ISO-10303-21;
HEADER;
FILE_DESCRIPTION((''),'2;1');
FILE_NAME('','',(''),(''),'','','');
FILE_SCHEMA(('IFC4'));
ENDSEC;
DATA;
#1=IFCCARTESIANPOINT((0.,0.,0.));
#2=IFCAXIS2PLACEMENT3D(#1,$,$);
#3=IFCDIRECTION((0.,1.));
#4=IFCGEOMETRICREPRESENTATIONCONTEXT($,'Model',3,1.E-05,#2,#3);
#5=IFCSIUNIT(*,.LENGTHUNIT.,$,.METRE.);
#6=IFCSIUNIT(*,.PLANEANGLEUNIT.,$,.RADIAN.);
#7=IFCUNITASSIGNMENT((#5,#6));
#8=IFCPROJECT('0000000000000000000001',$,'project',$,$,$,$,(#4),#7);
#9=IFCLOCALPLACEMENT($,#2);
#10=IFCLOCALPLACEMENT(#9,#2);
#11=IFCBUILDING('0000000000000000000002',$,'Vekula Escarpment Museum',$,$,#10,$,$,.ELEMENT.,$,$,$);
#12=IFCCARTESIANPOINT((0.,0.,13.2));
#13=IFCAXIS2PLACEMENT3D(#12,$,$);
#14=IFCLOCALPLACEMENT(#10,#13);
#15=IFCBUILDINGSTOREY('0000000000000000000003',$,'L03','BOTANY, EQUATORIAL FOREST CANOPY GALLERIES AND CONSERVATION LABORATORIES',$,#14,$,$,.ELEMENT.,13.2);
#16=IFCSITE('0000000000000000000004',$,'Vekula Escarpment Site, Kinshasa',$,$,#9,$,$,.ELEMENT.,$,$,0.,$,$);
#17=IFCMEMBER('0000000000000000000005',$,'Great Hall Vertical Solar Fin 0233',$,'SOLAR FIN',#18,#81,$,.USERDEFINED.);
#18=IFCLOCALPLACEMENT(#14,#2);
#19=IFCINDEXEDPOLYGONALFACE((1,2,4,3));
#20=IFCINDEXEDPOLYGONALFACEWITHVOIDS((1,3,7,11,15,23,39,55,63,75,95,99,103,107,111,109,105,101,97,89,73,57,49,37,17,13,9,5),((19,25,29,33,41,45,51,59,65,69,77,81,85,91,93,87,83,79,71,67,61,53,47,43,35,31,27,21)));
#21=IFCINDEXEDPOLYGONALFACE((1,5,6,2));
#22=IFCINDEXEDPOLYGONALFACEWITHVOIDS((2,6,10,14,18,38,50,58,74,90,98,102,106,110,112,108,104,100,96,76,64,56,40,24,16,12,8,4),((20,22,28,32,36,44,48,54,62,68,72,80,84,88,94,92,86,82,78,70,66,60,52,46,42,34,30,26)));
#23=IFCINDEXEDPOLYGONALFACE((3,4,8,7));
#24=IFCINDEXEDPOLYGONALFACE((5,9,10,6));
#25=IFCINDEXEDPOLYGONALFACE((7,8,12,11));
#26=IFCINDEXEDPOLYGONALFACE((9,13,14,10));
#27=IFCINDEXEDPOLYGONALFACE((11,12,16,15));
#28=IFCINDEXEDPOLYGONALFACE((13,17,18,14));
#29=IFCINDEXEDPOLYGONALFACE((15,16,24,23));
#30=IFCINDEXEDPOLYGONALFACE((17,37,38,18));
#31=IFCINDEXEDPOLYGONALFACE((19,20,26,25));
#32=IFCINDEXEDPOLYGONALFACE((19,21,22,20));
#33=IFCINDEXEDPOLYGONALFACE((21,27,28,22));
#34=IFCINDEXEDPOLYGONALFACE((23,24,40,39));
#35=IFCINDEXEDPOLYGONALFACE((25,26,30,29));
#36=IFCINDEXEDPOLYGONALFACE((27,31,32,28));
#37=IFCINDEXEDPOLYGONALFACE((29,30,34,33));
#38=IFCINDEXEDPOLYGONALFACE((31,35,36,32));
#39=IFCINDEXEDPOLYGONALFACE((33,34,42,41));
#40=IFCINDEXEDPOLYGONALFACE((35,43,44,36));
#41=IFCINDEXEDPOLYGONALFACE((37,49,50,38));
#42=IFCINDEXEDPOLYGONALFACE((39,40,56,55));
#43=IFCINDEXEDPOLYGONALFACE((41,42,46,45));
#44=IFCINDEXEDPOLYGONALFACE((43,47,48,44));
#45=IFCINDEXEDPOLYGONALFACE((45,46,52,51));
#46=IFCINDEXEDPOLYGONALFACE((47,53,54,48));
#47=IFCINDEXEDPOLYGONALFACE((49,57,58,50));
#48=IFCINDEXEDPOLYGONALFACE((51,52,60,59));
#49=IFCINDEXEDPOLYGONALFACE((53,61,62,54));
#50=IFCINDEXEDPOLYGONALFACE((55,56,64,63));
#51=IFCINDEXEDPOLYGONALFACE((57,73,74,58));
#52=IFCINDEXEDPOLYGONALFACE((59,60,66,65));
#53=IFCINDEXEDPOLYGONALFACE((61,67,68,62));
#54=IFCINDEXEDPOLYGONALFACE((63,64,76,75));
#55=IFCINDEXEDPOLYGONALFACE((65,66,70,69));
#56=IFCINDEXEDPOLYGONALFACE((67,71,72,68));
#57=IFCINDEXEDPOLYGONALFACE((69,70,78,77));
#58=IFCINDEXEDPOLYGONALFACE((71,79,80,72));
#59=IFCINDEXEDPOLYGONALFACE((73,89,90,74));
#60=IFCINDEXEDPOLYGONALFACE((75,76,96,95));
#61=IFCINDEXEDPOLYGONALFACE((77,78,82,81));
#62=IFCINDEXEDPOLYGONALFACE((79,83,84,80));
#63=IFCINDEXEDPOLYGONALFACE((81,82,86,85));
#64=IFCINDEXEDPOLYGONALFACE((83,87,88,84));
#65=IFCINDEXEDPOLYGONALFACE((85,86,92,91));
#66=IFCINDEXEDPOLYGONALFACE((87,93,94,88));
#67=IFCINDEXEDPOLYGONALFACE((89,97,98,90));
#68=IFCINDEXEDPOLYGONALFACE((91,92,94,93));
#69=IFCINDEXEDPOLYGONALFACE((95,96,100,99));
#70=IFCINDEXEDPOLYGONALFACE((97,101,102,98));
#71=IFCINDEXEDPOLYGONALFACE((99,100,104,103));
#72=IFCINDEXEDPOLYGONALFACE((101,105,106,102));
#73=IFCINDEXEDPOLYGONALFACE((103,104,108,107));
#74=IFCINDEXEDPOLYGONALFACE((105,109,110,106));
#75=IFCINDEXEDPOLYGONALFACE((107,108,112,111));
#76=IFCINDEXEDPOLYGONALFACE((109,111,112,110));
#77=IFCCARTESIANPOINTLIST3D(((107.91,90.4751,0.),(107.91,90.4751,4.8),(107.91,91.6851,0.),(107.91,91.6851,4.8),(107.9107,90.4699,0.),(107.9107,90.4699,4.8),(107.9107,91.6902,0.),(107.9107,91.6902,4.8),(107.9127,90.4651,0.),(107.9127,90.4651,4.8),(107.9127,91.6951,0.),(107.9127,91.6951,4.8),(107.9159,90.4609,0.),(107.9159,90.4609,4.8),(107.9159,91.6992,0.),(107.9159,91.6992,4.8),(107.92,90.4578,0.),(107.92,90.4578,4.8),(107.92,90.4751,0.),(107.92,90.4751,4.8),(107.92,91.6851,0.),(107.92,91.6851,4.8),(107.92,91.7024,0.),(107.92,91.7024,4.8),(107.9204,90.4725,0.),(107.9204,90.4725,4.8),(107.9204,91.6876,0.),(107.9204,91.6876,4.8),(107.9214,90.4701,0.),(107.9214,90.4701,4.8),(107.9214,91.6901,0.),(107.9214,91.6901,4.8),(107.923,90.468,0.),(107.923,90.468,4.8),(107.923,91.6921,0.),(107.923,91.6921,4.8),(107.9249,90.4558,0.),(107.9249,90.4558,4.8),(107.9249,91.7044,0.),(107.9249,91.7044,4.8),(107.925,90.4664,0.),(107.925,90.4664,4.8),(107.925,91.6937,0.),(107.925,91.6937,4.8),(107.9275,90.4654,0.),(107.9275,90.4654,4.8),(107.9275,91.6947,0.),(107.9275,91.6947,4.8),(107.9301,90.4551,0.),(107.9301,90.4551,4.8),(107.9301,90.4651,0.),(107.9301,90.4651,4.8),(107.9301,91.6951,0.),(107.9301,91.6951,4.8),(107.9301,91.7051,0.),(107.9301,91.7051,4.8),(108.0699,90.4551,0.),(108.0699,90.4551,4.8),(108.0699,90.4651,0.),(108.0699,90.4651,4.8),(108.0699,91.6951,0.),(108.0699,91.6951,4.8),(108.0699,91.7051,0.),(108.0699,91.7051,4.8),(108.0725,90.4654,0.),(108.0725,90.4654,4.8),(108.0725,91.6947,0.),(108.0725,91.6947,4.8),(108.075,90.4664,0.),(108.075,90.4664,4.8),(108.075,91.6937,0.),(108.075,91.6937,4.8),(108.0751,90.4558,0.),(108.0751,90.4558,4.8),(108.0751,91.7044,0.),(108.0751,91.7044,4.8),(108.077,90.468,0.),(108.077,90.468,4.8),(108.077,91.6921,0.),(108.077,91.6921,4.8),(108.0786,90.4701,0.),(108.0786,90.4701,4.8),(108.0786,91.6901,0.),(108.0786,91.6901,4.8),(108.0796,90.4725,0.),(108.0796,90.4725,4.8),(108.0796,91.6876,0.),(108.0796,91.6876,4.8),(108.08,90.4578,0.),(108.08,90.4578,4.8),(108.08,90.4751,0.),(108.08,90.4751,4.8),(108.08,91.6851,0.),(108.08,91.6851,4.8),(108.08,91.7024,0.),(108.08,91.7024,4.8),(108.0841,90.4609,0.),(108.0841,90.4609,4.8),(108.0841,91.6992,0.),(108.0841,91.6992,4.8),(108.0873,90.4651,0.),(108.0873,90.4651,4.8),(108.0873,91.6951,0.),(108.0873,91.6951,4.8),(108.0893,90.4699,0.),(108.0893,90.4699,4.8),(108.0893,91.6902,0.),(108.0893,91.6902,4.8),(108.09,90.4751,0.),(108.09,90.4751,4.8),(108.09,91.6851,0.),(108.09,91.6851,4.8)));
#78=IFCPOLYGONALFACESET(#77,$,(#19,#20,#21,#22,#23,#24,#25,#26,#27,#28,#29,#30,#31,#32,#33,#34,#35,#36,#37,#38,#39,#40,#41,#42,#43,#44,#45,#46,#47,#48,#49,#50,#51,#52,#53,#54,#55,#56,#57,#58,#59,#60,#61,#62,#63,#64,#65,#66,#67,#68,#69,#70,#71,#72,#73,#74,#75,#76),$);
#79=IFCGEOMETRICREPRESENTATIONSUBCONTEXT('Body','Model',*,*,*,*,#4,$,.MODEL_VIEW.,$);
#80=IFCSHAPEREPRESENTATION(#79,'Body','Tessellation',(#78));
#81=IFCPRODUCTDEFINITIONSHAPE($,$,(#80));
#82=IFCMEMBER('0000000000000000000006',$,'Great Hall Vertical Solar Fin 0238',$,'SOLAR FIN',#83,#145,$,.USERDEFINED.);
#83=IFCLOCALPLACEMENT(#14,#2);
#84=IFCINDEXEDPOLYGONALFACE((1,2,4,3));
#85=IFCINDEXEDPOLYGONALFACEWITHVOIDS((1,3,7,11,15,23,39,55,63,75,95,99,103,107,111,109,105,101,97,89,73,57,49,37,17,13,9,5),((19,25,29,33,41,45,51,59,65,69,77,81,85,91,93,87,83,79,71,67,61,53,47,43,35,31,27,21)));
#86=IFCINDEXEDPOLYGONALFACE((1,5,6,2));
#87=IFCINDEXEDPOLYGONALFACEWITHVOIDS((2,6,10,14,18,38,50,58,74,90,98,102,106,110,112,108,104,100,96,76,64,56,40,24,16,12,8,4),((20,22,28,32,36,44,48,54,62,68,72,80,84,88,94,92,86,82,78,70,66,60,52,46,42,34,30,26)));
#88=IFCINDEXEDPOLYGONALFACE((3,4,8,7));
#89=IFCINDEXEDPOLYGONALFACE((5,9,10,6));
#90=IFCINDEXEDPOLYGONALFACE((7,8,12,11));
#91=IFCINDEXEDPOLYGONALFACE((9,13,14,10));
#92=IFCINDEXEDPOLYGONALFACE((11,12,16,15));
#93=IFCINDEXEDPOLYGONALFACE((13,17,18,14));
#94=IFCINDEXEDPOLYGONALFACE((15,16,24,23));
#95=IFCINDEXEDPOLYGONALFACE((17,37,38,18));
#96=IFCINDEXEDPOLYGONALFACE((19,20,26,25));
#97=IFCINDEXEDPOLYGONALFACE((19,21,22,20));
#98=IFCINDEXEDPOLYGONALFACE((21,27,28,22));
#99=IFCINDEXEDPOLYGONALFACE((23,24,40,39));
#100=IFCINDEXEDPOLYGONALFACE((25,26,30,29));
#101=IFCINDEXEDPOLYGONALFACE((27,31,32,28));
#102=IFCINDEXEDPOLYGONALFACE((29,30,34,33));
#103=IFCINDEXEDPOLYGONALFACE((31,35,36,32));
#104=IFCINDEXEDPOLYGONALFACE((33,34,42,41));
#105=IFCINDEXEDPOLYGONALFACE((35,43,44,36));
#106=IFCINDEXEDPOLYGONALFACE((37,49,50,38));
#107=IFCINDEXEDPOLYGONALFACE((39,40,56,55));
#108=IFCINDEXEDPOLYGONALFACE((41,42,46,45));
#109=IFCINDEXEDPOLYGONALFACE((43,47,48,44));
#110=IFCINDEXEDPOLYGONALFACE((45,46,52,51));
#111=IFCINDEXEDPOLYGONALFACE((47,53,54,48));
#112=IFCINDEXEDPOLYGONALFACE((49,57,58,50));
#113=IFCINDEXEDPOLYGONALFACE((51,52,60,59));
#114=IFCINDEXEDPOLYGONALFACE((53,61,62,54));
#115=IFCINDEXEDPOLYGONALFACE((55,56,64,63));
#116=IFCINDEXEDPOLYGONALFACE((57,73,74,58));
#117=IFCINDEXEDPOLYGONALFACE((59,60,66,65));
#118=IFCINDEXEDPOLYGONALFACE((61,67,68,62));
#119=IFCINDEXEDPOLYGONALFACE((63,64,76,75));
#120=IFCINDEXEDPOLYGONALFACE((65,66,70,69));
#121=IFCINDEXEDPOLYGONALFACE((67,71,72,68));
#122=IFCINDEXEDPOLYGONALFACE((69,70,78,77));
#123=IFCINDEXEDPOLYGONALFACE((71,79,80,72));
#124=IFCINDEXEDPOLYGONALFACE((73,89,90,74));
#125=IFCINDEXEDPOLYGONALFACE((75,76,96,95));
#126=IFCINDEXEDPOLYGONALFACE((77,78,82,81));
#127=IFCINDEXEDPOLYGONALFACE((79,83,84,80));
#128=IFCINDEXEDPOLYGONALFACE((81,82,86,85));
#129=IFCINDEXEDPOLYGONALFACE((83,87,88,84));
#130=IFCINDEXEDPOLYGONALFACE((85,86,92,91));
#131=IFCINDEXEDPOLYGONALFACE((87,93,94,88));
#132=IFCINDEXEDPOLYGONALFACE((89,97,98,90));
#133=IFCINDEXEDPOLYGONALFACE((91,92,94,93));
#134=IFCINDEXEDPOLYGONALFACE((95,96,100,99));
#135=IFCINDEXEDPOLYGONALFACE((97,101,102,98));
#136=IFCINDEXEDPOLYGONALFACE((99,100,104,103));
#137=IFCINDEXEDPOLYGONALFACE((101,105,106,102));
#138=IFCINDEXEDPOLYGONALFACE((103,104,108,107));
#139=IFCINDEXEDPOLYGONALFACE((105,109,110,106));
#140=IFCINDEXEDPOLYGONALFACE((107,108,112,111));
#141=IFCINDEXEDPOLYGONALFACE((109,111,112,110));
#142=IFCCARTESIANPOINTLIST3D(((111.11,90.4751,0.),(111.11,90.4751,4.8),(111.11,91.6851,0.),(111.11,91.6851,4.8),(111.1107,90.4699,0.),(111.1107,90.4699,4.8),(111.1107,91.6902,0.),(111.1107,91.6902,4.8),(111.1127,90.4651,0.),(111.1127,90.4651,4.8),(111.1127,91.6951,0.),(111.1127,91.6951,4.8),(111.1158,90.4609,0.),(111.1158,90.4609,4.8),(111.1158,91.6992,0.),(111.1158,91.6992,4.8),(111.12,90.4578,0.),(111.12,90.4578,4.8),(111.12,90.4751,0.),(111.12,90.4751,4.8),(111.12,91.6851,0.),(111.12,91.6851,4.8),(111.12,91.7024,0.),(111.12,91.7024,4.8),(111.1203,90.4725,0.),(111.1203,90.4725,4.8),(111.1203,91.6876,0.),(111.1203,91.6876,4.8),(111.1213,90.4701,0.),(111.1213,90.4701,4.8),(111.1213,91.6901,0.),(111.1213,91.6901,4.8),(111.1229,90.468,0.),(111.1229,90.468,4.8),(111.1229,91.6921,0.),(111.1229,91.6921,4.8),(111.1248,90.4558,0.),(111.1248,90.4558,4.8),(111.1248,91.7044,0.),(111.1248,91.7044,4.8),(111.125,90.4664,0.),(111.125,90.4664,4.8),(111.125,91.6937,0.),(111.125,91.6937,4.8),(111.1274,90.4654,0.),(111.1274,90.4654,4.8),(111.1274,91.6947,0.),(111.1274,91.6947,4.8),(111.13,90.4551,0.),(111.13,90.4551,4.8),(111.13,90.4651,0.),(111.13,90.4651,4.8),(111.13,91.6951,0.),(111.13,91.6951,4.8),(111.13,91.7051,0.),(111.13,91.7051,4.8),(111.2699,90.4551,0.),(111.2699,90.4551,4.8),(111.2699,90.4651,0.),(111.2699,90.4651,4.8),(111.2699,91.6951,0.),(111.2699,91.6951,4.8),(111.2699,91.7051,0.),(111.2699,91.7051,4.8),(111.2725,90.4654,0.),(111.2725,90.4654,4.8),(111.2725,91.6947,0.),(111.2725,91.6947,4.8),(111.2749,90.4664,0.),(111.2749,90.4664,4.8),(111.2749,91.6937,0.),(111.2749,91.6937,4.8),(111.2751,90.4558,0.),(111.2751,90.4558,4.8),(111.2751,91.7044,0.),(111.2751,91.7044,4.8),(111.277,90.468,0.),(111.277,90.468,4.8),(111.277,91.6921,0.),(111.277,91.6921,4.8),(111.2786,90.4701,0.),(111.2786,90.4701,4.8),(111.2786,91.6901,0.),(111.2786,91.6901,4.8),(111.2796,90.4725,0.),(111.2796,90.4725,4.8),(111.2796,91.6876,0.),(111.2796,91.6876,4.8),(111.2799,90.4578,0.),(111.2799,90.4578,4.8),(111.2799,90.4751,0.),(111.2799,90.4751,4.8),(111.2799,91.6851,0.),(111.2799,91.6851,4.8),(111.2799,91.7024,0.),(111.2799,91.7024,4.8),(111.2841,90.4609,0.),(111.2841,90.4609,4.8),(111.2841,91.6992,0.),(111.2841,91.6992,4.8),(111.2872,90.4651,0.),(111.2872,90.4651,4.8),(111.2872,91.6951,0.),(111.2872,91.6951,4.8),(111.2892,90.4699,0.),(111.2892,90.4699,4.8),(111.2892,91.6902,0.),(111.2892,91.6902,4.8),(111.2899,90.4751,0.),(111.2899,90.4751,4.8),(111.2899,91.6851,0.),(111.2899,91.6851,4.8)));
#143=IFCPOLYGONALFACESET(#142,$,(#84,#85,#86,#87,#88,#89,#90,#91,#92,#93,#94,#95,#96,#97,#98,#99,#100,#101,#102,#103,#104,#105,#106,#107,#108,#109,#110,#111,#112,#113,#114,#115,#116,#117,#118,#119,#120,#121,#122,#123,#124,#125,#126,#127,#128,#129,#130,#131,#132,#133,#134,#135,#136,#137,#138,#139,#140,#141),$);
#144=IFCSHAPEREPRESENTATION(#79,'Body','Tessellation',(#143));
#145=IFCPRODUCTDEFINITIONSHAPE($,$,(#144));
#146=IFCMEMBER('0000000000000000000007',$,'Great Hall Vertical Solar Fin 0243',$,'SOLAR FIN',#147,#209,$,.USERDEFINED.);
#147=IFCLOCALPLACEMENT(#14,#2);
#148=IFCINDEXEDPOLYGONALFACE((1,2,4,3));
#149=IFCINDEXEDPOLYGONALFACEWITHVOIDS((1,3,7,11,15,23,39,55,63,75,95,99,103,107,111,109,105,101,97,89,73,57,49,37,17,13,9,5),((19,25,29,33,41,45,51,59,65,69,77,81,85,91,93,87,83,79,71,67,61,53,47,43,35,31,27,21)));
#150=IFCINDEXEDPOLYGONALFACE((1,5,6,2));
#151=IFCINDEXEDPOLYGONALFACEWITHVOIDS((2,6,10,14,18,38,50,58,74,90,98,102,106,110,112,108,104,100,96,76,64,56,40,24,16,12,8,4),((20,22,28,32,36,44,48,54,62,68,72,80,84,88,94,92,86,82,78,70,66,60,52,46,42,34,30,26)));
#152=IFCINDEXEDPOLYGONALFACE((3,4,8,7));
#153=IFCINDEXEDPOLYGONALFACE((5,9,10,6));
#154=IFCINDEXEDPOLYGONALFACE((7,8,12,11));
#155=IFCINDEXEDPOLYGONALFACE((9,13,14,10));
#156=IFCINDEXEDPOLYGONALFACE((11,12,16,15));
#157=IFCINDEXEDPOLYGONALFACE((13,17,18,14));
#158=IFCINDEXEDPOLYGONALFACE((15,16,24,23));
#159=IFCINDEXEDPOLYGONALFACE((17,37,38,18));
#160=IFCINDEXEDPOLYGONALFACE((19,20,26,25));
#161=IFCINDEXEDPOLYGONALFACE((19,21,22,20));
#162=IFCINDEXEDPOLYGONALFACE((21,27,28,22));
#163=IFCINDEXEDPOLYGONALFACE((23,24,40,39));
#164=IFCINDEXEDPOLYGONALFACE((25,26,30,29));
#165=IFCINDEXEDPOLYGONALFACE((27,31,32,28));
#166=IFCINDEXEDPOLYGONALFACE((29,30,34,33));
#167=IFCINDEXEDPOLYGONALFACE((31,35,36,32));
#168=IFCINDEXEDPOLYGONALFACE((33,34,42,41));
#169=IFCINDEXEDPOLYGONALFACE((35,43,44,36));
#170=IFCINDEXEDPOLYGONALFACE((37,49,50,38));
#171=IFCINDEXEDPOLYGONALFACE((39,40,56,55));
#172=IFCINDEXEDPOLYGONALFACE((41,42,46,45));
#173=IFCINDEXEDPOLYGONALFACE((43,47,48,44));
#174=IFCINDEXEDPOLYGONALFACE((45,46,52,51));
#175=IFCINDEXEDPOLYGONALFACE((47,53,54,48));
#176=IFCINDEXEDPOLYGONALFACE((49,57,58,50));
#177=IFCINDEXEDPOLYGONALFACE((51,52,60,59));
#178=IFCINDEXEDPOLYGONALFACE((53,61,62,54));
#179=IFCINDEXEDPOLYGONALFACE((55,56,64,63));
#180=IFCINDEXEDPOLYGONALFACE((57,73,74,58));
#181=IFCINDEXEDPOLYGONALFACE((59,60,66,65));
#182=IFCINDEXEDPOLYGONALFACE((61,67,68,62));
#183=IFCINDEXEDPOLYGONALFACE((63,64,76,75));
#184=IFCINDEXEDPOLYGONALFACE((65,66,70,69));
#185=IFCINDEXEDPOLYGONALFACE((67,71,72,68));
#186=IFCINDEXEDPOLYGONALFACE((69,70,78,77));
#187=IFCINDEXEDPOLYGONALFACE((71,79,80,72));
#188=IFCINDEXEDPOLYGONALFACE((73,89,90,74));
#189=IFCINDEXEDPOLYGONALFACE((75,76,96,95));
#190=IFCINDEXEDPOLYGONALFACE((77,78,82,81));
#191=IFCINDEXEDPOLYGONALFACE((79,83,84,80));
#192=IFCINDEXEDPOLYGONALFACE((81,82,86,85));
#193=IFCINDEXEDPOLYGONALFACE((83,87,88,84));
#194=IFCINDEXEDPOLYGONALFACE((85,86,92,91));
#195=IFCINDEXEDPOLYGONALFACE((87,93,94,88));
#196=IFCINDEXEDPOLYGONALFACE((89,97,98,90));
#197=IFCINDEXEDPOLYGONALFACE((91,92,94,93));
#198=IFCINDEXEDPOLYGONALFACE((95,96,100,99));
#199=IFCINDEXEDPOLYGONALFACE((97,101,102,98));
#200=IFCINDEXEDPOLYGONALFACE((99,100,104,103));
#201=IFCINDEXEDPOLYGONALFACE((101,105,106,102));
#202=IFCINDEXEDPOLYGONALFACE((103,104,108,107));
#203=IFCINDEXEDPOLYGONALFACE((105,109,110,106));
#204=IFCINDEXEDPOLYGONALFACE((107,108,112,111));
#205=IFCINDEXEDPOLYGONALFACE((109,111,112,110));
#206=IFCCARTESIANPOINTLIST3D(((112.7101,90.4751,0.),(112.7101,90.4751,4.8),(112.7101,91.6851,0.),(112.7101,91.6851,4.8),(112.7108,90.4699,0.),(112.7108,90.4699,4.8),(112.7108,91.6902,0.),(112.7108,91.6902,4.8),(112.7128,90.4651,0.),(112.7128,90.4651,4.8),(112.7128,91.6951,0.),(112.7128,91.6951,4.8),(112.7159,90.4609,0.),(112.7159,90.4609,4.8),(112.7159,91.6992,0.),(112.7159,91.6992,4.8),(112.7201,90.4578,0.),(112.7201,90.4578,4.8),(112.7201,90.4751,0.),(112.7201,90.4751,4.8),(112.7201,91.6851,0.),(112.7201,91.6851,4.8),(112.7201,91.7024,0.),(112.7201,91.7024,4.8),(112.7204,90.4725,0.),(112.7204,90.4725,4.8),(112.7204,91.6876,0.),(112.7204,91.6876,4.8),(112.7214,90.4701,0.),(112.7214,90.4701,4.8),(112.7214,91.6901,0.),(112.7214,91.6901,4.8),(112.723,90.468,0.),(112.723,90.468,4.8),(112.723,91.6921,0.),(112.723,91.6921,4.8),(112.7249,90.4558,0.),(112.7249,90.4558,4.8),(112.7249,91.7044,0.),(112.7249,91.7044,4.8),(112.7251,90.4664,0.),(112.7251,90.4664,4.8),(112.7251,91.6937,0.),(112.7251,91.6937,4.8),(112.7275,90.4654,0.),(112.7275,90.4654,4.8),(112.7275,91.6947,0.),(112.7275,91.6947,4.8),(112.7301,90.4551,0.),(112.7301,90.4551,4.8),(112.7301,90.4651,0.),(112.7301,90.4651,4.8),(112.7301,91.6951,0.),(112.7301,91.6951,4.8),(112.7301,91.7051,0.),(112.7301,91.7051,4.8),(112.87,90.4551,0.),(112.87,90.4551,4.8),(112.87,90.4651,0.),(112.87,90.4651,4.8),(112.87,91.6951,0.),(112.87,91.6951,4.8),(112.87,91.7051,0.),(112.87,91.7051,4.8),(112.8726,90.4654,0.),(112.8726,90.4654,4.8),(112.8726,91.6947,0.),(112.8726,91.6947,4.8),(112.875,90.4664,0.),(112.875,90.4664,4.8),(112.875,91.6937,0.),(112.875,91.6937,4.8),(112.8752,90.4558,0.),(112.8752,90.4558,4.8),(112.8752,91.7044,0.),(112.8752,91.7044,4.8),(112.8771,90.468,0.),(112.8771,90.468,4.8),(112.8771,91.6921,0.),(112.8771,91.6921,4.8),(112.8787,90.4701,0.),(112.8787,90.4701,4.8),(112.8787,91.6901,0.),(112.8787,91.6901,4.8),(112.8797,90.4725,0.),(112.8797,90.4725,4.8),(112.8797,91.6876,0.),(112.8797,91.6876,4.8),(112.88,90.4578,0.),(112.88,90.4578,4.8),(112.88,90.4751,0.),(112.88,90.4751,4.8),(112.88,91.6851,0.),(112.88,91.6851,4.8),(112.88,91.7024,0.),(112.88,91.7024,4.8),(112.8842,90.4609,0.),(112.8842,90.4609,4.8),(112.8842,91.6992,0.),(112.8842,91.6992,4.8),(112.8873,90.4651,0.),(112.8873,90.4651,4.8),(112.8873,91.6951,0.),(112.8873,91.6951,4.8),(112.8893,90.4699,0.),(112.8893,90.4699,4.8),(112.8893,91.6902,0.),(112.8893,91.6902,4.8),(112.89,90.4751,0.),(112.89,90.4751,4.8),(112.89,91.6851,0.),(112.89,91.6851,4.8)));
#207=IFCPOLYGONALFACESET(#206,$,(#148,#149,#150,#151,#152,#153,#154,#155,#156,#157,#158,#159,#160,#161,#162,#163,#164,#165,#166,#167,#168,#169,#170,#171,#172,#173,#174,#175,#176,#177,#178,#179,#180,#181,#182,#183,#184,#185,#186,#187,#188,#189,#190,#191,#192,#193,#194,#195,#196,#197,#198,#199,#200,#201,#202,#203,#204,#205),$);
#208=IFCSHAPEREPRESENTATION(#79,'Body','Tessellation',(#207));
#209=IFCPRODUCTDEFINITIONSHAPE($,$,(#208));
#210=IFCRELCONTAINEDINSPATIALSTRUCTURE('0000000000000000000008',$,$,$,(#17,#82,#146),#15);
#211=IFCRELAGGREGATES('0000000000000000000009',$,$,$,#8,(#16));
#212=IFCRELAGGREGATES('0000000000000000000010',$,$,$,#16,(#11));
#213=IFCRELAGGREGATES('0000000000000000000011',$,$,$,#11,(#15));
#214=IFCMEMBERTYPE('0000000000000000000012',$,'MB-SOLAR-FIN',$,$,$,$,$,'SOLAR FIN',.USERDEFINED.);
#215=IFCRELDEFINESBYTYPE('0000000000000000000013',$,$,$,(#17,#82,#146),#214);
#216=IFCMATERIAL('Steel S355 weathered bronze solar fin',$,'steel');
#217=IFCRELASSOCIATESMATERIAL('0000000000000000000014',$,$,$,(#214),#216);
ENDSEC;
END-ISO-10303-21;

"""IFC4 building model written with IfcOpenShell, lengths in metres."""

from ifc_helpers import new_model, si_unit, direction, frame, origin, origin_2d, place, context, subcontext, project, spatial, hollow_rectangle, extrude, material, material_profile, profile_set, type_object, element, save


model = new_model("IFC4")

# Units and contexts
model_context = context("Model", 3, precision=1e-05, world=origin(), true_north=direction((0.0, 1.0)))
body_context = subcontext(model_context, "Body", "Model", "MODEL_VIEW")
ifc_project = project(units=[si_unit("LENGTHUNIT", "METRE"), si_unit("PLANEANGLEUNIT", "RADIAN")], contexts=[model_context])

# Site, building, storey
site_placement = place(None, origin())
site = spatial("IfcSite", under=ifc_project, at=site_placement, Name="Vekula Escarpment Site, Kinshasa", CompositionType="ELEMENT", RefElevation=0.0)
building_placement = place(site_placement, origin())
building = spatial("IfcBuilding", under=site, at=building_placement, Name="Vekula Escarpment Museum", CompositionType="ELEMENT")
storey_placement = place(building_placement, frame((0.0, 0.0, 13.2)))
storey = spatial("IfcBuildingStorey", under=building, at=storey_placement, Name="L03", Description="BOTANY, EQUATORIAL FOREST CANOPY GALLERIES AND CONSERVATION LABORATORIES", CompositionType="ELEMENT", Elevation=13.2)

# Members
ifc_material_1 = material(Name="Steel S355 weathered bronze solar fin", Category="steel")
ifc_material_profile_1 = material_profile(ifc_material_1, hollow_rectangle(XDim=0.1799, YDim=1.25, WallThickness=0.01, InnerFilletRadius=0.01, OuterFilletRadius=0.02, at=origin_2d()), Name="RHS 1250x180x10")
ifc_profile_set_1 = profile_set([ifc_material_profile_1], Name="Steel S355 weathered bronze solar fin")
member_type = type_object("IfcMemberType", Name="MB-SOLAR-FIN", ElementType="SOLAR FIN", PredefinedType="USERDEFINED", material=ifc_profile_set_1)
for number, where, z_axis, x_axis, name in (
    (1, (108.0, 91.0801, 0.0), (0.0, 0.0, 1.0), (1.0, 0.0, 0.0), "Great Hall Vertical Solar Fin 0233"),
    (2, (111.2, 91.0801, 0.0), (0.0, 0.0, 1.0), (1.0, 0.0, 0.0), "Great Hall Vertical Solar Fin 0238"),
    (3, (112.8, 91.0801, 0.0), (0.0, 0.0, 1.0), (1.0, 0.0, 0.0), "Great Hall Vertical Solar Fin 0243"),
):
    element("IfcMember", number, at=place(storey_placement, frame(where, z_axis=z_axis, x_axis=x_axis)), inside=storey, type_object=member_type, Name=name, ObjectType="SOLAR FIN", PredefinedType="USERDEFINED", context=body_context, shape_type="SweptSolid", body=[
        extrude(hollow_rectangle(XDim=0.1799, YDim=1.25, WallThickness=0.01, InnerFilletRadius=0.01, OuterFilletRadius=0.02, at=origin_2d()), origin(), (0.0, 0.0, 1.0), 4.8),
    ])

save(model, "model.ifc")
